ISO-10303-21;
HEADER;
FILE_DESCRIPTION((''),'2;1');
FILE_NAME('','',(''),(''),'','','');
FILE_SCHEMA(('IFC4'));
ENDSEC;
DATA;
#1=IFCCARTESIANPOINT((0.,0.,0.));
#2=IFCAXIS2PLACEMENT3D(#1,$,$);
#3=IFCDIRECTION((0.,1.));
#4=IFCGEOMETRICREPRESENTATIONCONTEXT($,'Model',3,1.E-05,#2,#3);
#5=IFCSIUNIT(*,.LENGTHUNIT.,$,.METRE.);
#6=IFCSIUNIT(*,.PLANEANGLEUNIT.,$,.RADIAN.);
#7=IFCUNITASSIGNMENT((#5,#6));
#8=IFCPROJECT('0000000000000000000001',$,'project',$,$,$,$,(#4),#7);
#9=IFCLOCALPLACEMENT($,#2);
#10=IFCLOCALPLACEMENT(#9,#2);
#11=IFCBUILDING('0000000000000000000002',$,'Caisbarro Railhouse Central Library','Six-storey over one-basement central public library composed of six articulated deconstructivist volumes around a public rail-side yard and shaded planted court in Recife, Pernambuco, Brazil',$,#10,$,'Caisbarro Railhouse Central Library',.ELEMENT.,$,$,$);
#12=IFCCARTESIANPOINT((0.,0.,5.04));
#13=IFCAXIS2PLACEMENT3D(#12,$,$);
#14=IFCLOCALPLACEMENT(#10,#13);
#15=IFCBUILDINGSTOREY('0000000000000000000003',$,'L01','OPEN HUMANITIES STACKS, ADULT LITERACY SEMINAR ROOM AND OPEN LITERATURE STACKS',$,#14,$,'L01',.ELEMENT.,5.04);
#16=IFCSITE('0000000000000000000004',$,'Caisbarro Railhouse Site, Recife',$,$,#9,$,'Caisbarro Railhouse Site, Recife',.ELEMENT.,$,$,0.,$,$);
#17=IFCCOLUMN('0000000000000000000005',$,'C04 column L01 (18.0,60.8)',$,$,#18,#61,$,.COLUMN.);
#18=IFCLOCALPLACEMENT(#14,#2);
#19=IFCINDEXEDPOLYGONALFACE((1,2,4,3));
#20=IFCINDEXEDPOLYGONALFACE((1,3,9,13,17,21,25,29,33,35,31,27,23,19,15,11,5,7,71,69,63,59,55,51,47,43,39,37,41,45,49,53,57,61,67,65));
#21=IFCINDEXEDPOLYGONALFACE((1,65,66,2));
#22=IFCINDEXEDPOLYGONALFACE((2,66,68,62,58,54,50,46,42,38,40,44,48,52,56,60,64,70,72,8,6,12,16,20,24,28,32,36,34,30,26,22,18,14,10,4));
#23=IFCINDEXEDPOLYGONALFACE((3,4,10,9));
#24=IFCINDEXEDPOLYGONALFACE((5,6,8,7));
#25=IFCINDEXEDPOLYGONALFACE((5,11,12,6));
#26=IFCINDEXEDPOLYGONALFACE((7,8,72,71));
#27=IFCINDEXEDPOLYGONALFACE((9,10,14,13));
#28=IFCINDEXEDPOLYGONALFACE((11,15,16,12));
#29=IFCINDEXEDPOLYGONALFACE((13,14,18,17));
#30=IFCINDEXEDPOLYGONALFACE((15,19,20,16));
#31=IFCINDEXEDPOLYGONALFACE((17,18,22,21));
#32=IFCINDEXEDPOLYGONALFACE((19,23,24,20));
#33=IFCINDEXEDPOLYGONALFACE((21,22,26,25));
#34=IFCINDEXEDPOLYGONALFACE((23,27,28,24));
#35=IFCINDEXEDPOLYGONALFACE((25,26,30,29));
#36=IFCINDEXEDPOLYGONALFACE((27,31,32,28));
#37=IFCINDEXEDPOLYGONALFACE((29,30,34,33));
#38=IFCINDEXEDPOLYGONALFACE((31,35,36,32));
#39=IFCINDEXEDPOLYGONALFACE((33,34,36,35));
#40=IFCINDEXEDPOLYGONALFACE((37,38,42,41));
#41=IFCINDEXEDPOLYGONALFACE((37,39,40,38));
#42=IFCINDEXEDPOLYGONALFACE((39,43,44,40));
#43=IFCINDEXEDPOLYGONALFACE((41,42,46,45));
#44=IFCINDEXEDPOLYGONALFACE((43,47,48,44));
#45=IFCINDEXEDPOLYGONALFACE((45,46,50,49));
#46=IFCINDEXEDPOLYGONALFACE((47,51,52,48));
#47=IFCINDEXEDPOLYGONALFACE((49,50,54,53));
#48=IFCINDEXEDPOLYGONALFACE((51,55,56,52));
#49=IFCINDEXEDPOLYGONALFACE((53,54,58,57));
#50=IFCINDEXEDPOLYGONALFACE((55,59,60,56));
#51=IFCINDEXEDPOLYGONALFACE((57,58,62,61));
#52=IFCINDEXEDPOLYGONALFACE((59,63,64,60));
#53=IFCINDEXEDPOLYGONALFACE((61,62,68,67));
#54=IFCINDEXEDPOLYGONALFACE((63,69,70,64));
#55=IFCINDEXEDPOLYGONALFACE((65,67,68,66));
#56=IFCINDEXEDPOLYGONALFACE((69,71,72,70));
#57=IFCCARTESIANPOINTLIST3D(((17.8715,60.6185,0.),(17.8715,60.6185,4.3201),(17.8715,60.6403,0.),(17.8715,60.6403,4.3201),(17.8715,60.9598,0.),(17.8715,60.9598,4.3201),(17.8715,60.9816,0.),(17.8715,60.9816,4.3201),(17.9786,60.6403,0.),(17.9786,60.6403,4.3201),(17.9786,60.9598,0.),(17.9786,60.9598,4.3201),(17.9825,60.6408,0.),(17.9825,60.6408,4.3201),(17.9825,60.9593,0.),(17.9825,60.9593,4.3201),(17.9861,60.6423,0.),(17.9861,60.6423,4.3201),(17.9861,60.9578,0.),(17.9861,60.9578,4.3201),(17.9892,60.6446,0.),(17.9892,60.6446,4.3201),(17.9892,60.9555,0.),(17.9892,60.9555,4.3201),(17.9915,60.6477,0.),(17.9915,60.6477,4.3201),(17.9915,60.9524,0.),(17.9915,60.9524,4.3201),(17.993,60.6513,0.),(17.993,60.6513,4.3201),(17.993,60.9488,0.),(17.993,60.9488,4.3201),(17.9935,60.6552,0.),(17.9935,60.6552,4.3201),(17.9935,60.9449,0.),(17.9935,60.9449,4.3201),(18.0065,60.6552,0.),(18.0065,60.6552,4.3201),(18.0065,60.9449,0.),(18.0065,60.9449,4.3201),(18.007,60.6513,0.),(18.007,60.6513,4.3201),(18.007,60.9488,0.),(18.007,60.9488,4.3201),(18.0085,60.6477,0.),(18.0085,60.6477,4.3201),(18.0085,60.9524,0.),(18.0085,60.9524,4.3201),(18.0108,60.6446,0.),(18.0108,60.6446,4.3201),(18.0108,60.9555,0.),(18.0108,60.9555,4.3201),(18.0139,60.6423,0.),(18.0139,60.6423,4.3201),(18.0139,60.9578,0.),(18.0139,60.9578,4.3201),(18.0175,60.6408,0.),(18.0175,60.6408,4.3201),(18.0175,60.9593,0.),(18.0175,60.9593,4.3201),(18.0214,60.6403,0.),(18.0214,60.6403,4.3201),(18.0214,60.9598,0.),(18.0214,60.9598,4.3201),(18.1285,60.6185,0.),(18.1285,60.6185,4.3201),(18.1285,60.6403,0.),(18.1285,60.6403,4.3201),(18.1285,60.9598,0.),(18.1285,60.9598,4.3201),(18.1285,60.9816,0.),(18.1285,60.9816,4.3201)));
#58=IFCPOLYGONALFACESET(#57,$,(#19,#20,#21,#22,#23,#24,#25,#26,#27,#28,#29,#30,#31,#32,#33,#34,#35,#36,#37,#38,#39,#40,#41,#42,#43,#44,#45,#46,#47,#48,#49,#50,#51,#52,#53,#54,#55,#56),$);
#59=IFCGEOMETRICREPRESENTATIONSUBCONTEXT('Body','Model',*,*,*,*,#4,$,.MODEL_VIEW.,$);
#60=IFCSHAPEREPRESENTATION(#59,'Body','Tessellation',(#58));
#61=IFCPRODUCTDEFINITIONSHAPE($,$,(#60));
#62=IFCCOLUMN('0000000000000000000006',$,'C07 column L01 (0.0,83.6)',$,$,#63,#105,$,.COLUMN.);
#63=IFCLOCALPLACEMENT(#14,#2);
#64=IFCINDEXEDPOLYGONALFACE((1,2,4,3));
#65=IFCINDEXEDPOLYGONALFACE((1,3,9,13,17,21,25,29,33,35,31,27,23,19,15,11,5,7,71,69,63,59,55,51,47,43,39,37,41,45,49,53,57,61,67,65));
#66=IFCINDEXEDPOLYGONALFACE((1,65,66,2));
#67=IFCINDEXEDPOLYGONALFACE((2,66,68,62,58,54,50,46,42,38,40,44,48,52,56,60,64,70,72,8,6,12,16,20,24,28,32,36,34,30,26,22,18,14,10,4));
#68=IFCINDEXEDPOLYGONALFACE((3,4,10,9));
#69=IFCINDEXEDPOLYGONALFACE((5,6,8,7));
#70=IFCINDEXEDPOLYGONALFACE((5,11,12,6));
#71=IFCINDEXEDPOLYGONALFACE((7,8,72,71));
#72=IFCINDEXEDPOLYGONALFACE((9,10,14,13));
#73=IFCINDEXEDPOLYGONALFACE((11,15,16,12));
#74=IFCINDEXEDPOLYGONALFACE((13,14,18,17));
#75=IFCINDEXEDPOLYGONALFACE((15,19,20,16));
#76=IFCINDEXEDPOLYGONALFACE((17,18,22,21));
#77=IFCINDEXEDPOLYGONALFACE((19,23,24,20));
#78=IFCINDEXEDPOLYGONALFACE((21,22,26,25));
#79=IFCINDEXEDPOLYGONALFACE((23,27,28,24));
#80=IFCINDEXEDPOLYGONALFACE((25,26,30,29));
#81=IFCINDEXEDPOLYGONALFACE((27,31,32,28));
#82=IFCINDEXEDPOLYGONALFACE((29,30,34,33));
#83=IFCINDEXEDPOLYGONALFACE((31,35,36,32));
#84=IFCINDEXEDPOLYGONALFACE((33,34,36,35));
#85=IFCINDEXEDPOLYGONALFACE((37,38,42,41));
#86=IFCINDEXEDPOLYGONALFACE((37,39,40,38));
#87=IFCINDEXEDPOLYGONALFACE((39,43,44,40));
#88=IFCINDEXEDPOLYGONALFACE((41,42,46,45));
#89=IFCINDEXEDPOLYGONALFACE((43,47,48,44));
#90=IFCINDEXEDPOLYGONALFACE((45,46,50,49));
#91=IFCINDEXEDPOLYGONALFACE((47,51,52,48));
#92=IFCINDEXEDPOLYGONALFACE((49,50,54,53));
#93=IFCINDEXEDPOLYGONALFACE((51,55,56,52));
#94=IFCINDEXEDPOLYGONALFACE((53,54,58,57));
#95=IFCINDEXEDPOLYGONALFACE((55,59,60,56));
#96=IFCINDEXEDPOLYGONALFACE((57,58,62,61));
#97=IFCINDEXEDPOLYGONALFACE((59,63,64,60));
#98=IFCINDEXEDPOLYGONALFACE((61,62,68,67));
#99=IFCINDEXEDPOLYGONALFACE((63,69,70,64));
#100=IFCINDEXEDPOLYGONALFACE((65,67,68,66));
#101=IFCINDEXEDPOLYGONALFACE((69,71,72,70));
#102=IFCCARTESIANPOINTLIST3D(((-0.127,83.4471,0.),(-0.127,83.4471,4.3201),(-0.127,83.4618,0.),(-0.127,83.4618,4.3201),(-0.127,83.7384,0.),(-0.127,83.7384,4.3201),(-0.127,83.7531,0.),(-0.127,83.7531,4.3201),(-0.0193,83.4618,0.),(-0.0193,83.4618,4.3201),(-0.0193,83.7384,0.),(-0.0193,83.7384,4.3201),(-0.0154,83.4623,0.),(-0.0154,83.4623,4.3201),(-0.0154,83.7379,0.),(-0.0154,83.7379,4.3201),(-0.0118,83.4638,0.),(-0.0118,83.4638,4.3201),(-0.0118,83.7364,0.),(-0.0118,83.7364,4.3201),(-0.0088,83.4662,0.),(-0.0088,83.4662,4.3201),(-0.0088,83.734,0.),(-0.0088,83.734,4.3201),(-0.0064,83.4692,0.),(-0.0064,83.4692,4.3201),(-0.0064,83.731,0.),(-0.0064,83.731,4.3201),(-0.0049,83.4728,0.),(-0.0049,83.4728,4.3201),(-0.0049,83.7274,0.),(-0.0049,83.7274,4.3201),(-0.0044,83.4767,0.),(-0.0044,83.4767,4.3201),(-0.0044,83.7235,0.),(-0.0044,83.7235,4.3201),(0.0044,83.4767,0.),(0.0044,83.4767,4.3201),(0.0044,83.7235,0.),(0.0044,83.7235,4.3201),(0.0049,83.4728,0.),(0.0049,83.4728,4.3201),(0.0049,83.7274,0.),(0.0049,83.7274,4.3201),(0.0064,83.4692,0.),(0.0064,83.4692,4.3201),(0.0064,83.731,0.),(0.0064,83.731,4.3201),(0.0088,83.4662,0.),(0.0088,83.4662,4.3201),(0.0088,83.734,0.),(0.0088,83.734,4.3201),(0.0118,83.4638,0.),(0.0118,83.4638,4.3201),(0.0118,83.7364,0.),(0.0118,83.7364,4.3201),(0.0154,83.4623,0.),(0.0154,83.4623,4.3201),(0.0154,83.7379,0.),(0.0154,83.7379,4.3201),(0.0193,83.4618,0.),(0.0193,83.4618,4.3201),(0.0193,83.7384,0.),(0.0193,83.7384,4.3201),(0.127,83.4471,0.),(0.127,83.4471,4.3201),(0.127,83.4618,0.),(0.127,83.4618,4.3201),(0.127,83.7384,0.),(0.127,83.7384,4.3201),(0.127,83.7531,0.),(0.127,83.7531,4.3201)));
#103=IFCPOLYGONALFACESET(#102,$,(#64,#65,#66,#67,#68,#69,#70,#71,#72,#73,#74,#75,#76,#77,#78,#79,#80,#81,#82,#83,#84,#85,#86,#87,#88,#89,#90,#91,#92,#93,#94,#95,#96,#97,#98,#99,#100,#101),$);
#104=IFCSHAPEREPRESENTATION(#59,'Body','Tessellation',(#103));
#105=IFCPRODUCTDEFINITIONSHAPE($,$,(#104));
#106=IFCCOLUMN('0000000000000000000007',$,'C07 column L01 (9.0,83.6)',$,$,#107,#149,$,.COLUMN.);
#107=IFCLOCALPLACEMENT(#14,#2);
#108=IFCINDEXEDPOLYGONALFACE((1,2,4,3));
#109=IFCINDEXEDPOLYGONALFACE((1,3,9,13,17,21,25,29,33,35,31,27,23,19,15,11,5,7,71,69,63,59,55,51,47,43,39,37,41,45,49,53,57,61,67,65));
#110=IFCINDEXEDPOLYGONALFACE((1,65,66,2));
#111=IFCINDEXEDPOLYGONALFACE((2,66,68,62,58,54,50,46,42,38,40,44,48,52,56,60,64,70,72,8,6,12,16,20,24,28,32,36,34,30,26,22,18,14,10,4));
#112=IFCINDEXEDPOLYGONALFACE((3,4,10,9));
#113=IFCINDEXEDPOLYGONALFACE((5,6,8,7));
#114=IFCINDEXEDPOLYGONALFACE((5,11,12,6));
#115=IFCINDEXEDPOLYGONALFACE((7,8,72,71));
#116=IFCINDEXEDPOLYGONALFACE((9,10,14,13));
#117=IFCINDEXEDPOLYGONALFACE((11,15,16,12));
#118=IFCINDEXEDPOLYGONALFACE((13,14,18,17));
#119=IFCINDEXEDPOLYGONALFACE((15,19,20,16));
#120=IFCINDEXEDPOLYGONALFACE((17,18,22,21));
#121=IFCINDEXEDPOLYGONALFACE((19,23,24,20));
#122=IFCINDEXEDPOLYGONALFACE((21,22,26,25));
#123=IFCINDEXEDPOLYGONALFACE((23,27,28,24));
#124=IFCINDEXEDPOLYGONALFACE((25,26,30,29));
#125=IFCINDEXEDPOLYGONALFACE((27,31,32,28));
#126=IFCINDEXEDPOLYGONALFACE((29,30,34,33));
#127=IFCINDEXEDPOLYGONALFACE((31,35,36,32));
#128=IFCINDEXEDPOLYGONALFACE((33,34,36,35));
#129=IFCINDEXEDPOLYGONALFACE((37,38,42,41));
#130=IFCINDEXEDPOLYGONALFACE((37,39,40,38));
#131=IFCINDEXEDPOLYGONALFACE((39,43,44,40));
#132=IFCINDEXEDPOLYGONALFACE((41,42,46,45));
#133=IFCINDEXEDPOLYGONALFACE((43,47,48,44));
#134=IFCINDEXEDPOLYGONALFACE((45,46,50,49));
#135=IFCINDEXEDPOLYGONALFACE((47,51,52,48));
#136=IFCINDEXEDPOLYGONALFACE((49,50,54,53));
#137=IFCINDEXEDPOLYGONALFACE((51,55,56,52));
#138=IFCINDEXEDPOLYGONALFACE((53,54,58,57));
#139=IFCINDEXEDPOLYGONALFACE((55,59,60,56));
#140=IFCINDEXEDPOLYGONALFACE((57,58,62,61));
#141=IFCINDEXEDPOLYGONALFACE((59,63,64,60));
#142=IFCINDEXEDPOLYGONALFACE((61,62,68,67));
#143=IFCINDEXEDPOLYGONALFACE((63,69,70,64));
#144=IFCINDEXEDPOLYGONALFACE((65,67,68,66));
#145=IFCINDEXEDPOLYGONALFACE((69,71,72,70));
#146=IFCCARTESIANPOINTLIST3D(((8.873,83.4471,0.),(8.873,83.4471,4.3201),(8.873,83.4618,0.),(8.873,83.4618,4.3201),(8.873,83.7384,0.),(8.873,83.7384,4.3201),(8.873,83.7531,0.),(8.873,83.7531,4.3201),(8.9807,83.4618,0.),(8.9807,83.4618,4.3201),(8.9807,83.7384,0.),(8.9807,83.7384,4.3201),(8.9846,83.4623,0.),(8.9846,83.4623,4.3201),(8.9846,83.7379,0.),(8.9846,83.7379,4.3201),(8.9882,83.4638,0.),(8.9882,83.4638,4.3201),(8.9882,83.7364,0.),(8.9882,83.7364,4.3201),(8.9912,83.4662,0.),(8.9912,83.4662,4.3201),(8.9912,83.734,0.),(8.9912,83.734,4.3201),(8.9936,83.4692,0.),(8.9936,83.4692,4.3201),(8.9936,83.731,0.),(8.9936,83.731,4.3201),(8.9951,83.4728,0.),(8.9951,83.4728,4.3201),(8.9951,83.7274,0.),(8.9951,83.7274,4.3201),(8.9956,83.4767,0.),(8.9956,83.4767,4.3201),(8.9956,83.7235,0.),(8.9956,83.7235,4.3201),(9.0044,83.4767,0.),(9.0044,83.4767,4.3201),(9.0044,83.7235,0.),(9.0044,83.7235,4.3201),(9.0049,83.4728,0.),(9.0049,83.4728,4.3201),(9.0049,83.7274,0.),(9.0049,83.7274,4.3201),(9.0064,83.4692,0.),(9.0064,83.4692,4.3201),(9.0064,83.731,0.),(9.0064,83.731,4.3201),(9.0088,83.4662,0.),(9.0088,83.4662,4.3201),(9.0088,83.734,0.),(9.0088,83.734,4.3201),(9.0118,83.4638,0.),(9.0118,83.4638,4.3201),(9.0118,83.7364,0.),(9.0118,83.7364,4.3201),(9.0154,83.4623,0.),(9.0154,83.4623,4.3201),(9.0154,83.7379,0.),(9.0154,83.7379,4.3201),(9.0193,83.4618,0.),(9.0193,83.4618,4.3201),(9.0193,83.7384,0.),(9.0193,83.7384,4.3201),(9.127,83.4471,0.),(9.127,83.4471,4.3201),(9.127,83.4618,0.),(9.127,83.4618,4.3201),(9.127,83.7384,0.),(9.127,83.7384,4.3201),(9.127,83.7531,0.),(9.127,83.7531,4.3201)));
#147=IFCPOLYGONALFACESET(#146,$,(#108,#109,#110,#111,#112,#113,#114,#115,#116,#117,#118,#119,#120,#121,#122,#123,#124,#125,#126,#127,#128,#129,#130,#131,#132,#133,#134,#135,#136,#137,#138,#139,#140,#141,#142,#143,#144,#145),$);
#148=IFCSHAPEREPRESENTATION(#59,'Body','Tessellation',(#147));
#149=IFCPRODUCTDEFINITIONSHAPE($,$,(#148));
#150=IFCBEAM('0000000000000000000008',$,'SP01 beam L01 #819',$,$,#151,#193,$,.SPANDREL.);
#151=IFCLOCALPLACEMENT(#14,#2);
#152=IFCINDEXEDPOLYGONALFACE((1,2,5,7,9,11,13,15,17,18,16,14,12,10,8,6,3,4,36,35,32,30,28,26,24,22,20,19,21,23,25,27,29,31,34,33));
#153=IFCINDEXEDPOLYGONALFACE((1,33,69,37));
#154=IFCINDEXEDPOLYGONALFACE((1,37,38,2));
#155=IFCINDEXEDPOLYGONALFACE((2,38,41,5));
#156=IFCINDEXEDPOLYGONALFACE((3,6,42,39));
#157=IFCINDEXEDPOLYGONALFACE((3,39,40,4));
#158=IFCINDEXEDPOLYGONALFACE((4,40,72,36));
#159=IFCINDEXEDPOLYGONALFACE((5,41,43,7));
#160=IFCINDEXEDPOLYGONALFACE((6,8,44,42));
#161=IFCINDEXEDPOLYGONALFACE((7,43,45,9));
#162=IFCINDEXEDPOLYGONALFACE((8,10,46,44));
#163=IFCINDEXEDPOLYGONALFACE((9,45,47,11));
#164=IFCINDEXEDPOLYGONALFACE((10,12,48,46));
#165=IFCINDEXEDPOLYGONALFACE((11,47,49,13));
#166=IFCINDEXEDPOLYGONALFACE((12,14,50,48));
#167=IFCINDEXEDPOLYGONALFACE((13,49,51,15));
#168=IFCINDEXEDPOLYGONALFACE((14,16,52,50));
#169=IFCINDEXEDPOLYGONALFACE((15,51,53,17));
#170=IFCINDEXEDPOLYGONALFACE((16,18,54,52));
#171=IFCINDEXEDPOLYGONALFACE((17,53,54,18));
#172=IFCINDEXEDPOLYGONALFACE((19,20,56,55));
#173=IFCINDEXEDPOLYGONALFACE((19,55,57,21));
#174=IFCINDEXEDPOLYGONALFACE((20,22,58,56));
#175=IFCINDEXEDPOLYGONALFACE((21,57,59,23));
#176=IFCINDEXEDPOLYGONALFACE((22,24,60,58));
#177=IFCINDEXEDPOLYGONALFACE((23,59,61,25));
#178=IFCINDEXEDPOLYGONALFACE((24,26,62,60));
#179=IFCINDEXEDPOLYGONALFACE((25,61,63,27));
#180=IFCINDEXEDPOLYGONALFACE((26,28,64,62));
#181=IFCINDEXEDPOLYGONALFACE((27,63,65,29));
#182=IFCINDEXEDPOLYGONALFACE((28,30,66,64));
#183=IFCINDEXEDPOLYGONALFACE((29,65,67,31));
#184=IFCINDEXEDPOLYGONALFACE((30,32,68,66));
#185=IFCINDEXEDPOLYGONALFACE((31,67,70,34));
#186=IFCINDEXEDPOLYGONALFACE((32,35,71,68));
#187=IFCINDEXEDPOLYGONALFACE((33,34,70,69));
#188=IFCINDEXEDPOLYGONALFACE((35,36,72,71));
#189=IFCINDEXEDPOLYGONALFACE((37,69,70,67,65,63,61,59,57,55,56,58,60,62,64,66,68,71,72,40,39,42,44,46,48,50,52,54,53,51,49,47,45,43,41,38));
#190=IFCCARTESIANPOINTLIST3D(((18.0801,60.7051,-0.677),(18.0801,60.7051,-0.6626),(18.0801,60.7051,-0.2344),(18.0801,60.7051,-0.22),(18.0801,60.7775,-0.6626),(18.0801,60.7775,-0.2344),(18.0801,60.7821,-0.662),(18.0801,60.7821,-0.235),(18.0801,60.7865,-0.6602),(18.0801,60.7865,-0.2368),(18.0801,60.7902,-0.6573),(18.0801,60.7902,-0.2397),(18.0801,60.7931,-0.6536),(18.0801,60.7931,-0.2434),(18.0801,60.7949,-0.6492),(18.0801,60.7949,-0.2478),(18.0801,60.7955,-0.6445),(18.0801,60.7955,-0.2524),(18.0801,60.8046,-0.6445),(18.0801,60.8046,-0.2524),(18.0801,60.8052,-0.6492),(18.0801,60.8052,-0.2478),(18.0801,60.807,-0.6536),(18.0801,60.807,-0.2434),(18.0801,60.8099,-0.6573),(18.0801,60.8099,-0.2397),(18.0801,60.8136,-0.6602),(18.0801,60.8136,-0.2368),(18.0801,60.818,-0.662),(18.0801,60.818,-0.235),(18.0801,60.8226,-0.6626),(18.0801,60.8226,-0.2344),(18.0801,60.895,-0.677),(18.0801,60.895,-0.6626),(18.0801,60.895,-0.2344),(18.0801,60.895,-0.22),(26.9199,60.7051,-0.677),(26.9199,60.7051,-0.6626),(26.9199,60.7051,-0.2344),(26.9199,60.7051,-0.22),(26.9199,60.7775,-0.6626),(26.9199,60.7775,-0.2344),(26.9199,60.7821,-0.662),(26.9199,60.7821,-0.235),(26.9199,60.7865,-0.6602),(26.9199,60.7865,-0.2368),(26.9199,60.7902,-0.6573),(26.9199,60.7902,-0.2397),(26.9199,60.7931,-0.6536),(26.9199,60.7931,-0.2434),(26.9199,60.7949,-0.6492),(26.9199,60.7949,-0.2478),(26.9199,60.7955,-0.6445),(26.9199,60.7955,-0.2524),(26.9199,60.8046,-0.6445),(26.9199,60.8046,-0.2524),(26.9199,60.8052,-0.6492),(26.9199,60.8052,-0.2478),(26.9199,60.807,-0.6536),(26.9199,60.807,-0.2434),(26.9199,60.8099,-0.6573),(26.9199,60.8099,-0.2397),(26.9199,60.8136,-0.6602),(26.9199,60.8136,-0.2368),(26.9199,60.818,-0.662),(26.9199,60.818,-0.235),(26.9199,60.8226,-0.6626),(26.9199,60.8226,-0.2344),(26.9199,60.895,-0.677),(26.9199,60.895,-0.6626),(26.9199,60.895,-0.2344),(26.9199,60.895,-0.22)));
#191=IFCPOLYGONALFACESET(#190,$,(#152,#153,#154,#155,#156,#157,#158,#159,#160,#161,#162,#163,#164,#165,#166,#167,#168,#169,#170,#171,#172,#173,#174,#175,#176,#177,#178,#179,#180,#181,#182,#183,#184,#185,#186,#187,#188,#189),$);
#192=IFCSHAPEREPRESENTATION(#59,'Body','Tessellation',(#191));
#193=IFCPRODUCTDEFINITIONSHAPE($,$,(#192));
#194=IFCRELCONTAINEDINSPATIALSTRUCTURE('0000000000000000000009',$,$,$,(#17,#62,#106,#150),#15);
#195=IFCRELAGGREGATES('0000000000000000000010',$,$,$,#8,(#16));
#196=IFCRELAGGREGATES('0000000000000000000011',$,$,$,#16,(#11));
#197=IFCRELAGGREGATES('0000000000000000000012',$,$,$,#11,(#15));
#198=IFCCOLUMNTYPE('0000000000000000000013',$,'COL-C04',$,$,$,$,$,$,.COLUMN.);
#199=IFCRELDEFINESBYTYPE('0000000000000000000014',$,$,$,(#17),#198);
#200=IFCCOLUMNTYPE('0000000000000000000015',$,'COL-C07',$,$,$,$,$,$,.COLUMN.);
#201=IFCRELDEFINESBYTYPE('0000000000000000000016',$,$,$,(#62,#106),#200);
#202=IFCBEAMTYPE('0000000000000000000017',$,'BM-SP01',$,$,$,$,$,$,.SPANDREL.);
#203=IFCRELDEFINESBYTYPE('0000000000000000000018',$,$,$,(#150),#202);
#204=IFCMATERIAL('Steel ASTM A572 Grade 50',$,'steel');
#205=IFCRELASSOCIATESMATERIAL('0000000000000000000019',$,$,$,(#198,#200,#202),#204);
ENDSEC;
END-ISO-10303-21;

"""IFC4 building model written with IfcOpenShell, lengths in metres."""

from ifc_helpers import new_model, si_unit, direction, frame, origin, origin_2d, place, context, subcontext, project, spatial, i_section, extrude, material, material_profile, profile_set, type_object, element, save


model = new_model("IFC4")

# Units and contexts
model_context = context("Model", 3, precision=1e-05, world=origin(), true_north=direction((0.0, 1.0)))
body_context = subcontext(model_context, "Body", "Model", "MODEL_VIEW")
ifc_project = project(units=[si_unit("LENGTHUNIT", "METRE"), si_unit("PLANEANGLEUNIT", "RADIAN")], contexts=[model_context])

# Site, building, storey
site_placement = place(None, origin())
site = spatial("IfcSite", under=ifc_project, at=site_placement, Name="Caisbarro Railhouse Site, Recife", LongName="Caisbarro Railhouse Site, Recife", CompositionType="ELEMENT", RefElevation=0.0)
building_placement = place(site_placement, origin())
building = spatial("IfcBuilding", under=site, at=building_placement, Name="Caisbarro Railhouse Central Library", Description="Six-storey over one-basement central public library composed of six articulated deconstructivist volumes around a public rail-side yard and shaded planted court in Recife, Pernambuco, Brazil", LongName="Caisbarro Railhouse Central Library", CompositionType="ELEMENT")
storey_placement = place(building_placement, frame((0.0, 0.0, 5.04)))
storey = spatial("IfcBuildingStorey", under=building, at=storey_placement, Name="L01", Description="OPEN HUMANITIES STACKS, ADULT LITERACY SEMINAR ROOM AND OPEN LITERATURE STACKS", LongName="L01", CompositionType="ELEMENT", Elevation=5.04)

# Columns
ifc_material_1 = material(Name="Steel ASTM A572 Grade 50", Category="steel")
ifc_material_profile_1 = material_profile(ifc_material_1, i_section(OverallWidth=0.2571, OverallDepth=0.363, WebThickness=0.0129, FlangeThickness=0.0217, FilletRadius=0.0149, at=origin_2d()), Name="W360X122.0")
ifc_profile_set_1 = profile_set([ifc_material_profile_1], Name="Steel ASTM A572 Grade 50")
column_type_1 = type_object("IfcColumnType", Name="COL-C04", PredefinedType="COLUMN", material=ifc_profile_set_1)
column_placement = place(storey_placement, frame((18.0, 60.8, 0.0), z_axis=(0.0, 0.0, 1.0), x_axis=(1.0, 0.0, 0.0)))
element("IfcColumn", 1, at=column_placement, inside=storey, type_object=column_type_1, Name="C04 column L01 (18.0,60.8)", PredefinedType="COLUMN", context=body_context, shape_type="SweptSolid", body=[
    extrude(i_section(OverallWidth=0.2571, OverallDepth=0.363, WebThickness=0.0129, FlangeThickness=0.0217, FilletRadius=0.0149, at=origin_2d()), origin(), (0.0, 0.0, 1.0), 4.3201),
])
ifc_material_profile_2 = material_profile(ifc_material_1, i_section(OverallWidth=0.2539, OverallDepth=0.3059, WebThickness=0.0088, FlangeThickness=0.0146, FilletRadius=0.0149, at=origin_2d()), Name="W310X79.0")
ifc_profile_set_2 = profile_set([ifc_material_profile_2], Name="Steel ASTM A572 Grade 50")
column_type_2 = type_object("IfcColumnType", Name="COL-C07", PredefinedType="COLUMN", material=ifc_profile_set_2)
for number, where, z_axis, x_axis, name in (
    (2, (0.0, 83.6001, 0.0), (0.0, 0.0, 1.0), (1.0, 0.0, 0.0), "C07 column L01 (0.0,83.6)"),
    (3, (9.0, 83.6001, 0.0), (0.0, 0.0, 1.0), (1.0, 0.0, 0.0), "C07 column L01 (9.0,83.6)"),
):
    element("IfcColumn", number, at=place(storey_placement, frame(where, z_axis=z_axis, x_axis=x_axis)), inside=storey, type_object=column_type_2, Name=name, PredefinedType="COLUMN", context=body_context, shape_type="SweptSolid", body=[
        extrude(i_section(OverallWidth=0.2539, OverallDepth=0.3059, WebThickness=0.0088, FlangeThickness=0.0146, FilletRadius=0.0149, at=origin_2d()), origin(), (0.0, 0.0, 1.0), 4.3201),
    ])

# Beam
ifc_material_profile_3 = material_profile(ifc_material_1, i_section(OverallWidth=0.1899, OverallDepth=0.457, WebThickness=0.009, FlangeThickness=0.0144, FilletRadius=0.0181, at=origin_2d()), Name="W460X74.0")
ifc_profile_set_3 = profile_set([ifc_material_profile_3], Name="Steel ASTM A572 Grade 50")
beam_type = type_object("IfcBeamType", Name="BM-SP01", PredefinedType="SPANDREL", material=ifc_profile_set_3)
for number, where, z_axis, x_axis, name in (
    (4, (18.0801, 60.8, -0.4485), (1.0, 0.0, 0.0), (0.0, 1.0, 0.0), "SP01 beam L01 #819"),
):
    element("IfcBeam", number, at=place(storey_placement, frame(where, z_axis=z_axis, x_axis=x_axis)), inside=storey, type_object=beam_type, Name=name, PredefinedType="SPANDREL", context=body_context, shape_type="SweptSolid", body=[
        extrude(i_section(OverallWidth=0.1899, OverallDepth=0.457, WebThickness=0.009, FlangeThickness=0.0144, FilletRadius=0.0181, at=origin_2d()), origin(), (0.0, 0.0, 1.0), 8.8398),
    ])

save(model, "model.ifc")
